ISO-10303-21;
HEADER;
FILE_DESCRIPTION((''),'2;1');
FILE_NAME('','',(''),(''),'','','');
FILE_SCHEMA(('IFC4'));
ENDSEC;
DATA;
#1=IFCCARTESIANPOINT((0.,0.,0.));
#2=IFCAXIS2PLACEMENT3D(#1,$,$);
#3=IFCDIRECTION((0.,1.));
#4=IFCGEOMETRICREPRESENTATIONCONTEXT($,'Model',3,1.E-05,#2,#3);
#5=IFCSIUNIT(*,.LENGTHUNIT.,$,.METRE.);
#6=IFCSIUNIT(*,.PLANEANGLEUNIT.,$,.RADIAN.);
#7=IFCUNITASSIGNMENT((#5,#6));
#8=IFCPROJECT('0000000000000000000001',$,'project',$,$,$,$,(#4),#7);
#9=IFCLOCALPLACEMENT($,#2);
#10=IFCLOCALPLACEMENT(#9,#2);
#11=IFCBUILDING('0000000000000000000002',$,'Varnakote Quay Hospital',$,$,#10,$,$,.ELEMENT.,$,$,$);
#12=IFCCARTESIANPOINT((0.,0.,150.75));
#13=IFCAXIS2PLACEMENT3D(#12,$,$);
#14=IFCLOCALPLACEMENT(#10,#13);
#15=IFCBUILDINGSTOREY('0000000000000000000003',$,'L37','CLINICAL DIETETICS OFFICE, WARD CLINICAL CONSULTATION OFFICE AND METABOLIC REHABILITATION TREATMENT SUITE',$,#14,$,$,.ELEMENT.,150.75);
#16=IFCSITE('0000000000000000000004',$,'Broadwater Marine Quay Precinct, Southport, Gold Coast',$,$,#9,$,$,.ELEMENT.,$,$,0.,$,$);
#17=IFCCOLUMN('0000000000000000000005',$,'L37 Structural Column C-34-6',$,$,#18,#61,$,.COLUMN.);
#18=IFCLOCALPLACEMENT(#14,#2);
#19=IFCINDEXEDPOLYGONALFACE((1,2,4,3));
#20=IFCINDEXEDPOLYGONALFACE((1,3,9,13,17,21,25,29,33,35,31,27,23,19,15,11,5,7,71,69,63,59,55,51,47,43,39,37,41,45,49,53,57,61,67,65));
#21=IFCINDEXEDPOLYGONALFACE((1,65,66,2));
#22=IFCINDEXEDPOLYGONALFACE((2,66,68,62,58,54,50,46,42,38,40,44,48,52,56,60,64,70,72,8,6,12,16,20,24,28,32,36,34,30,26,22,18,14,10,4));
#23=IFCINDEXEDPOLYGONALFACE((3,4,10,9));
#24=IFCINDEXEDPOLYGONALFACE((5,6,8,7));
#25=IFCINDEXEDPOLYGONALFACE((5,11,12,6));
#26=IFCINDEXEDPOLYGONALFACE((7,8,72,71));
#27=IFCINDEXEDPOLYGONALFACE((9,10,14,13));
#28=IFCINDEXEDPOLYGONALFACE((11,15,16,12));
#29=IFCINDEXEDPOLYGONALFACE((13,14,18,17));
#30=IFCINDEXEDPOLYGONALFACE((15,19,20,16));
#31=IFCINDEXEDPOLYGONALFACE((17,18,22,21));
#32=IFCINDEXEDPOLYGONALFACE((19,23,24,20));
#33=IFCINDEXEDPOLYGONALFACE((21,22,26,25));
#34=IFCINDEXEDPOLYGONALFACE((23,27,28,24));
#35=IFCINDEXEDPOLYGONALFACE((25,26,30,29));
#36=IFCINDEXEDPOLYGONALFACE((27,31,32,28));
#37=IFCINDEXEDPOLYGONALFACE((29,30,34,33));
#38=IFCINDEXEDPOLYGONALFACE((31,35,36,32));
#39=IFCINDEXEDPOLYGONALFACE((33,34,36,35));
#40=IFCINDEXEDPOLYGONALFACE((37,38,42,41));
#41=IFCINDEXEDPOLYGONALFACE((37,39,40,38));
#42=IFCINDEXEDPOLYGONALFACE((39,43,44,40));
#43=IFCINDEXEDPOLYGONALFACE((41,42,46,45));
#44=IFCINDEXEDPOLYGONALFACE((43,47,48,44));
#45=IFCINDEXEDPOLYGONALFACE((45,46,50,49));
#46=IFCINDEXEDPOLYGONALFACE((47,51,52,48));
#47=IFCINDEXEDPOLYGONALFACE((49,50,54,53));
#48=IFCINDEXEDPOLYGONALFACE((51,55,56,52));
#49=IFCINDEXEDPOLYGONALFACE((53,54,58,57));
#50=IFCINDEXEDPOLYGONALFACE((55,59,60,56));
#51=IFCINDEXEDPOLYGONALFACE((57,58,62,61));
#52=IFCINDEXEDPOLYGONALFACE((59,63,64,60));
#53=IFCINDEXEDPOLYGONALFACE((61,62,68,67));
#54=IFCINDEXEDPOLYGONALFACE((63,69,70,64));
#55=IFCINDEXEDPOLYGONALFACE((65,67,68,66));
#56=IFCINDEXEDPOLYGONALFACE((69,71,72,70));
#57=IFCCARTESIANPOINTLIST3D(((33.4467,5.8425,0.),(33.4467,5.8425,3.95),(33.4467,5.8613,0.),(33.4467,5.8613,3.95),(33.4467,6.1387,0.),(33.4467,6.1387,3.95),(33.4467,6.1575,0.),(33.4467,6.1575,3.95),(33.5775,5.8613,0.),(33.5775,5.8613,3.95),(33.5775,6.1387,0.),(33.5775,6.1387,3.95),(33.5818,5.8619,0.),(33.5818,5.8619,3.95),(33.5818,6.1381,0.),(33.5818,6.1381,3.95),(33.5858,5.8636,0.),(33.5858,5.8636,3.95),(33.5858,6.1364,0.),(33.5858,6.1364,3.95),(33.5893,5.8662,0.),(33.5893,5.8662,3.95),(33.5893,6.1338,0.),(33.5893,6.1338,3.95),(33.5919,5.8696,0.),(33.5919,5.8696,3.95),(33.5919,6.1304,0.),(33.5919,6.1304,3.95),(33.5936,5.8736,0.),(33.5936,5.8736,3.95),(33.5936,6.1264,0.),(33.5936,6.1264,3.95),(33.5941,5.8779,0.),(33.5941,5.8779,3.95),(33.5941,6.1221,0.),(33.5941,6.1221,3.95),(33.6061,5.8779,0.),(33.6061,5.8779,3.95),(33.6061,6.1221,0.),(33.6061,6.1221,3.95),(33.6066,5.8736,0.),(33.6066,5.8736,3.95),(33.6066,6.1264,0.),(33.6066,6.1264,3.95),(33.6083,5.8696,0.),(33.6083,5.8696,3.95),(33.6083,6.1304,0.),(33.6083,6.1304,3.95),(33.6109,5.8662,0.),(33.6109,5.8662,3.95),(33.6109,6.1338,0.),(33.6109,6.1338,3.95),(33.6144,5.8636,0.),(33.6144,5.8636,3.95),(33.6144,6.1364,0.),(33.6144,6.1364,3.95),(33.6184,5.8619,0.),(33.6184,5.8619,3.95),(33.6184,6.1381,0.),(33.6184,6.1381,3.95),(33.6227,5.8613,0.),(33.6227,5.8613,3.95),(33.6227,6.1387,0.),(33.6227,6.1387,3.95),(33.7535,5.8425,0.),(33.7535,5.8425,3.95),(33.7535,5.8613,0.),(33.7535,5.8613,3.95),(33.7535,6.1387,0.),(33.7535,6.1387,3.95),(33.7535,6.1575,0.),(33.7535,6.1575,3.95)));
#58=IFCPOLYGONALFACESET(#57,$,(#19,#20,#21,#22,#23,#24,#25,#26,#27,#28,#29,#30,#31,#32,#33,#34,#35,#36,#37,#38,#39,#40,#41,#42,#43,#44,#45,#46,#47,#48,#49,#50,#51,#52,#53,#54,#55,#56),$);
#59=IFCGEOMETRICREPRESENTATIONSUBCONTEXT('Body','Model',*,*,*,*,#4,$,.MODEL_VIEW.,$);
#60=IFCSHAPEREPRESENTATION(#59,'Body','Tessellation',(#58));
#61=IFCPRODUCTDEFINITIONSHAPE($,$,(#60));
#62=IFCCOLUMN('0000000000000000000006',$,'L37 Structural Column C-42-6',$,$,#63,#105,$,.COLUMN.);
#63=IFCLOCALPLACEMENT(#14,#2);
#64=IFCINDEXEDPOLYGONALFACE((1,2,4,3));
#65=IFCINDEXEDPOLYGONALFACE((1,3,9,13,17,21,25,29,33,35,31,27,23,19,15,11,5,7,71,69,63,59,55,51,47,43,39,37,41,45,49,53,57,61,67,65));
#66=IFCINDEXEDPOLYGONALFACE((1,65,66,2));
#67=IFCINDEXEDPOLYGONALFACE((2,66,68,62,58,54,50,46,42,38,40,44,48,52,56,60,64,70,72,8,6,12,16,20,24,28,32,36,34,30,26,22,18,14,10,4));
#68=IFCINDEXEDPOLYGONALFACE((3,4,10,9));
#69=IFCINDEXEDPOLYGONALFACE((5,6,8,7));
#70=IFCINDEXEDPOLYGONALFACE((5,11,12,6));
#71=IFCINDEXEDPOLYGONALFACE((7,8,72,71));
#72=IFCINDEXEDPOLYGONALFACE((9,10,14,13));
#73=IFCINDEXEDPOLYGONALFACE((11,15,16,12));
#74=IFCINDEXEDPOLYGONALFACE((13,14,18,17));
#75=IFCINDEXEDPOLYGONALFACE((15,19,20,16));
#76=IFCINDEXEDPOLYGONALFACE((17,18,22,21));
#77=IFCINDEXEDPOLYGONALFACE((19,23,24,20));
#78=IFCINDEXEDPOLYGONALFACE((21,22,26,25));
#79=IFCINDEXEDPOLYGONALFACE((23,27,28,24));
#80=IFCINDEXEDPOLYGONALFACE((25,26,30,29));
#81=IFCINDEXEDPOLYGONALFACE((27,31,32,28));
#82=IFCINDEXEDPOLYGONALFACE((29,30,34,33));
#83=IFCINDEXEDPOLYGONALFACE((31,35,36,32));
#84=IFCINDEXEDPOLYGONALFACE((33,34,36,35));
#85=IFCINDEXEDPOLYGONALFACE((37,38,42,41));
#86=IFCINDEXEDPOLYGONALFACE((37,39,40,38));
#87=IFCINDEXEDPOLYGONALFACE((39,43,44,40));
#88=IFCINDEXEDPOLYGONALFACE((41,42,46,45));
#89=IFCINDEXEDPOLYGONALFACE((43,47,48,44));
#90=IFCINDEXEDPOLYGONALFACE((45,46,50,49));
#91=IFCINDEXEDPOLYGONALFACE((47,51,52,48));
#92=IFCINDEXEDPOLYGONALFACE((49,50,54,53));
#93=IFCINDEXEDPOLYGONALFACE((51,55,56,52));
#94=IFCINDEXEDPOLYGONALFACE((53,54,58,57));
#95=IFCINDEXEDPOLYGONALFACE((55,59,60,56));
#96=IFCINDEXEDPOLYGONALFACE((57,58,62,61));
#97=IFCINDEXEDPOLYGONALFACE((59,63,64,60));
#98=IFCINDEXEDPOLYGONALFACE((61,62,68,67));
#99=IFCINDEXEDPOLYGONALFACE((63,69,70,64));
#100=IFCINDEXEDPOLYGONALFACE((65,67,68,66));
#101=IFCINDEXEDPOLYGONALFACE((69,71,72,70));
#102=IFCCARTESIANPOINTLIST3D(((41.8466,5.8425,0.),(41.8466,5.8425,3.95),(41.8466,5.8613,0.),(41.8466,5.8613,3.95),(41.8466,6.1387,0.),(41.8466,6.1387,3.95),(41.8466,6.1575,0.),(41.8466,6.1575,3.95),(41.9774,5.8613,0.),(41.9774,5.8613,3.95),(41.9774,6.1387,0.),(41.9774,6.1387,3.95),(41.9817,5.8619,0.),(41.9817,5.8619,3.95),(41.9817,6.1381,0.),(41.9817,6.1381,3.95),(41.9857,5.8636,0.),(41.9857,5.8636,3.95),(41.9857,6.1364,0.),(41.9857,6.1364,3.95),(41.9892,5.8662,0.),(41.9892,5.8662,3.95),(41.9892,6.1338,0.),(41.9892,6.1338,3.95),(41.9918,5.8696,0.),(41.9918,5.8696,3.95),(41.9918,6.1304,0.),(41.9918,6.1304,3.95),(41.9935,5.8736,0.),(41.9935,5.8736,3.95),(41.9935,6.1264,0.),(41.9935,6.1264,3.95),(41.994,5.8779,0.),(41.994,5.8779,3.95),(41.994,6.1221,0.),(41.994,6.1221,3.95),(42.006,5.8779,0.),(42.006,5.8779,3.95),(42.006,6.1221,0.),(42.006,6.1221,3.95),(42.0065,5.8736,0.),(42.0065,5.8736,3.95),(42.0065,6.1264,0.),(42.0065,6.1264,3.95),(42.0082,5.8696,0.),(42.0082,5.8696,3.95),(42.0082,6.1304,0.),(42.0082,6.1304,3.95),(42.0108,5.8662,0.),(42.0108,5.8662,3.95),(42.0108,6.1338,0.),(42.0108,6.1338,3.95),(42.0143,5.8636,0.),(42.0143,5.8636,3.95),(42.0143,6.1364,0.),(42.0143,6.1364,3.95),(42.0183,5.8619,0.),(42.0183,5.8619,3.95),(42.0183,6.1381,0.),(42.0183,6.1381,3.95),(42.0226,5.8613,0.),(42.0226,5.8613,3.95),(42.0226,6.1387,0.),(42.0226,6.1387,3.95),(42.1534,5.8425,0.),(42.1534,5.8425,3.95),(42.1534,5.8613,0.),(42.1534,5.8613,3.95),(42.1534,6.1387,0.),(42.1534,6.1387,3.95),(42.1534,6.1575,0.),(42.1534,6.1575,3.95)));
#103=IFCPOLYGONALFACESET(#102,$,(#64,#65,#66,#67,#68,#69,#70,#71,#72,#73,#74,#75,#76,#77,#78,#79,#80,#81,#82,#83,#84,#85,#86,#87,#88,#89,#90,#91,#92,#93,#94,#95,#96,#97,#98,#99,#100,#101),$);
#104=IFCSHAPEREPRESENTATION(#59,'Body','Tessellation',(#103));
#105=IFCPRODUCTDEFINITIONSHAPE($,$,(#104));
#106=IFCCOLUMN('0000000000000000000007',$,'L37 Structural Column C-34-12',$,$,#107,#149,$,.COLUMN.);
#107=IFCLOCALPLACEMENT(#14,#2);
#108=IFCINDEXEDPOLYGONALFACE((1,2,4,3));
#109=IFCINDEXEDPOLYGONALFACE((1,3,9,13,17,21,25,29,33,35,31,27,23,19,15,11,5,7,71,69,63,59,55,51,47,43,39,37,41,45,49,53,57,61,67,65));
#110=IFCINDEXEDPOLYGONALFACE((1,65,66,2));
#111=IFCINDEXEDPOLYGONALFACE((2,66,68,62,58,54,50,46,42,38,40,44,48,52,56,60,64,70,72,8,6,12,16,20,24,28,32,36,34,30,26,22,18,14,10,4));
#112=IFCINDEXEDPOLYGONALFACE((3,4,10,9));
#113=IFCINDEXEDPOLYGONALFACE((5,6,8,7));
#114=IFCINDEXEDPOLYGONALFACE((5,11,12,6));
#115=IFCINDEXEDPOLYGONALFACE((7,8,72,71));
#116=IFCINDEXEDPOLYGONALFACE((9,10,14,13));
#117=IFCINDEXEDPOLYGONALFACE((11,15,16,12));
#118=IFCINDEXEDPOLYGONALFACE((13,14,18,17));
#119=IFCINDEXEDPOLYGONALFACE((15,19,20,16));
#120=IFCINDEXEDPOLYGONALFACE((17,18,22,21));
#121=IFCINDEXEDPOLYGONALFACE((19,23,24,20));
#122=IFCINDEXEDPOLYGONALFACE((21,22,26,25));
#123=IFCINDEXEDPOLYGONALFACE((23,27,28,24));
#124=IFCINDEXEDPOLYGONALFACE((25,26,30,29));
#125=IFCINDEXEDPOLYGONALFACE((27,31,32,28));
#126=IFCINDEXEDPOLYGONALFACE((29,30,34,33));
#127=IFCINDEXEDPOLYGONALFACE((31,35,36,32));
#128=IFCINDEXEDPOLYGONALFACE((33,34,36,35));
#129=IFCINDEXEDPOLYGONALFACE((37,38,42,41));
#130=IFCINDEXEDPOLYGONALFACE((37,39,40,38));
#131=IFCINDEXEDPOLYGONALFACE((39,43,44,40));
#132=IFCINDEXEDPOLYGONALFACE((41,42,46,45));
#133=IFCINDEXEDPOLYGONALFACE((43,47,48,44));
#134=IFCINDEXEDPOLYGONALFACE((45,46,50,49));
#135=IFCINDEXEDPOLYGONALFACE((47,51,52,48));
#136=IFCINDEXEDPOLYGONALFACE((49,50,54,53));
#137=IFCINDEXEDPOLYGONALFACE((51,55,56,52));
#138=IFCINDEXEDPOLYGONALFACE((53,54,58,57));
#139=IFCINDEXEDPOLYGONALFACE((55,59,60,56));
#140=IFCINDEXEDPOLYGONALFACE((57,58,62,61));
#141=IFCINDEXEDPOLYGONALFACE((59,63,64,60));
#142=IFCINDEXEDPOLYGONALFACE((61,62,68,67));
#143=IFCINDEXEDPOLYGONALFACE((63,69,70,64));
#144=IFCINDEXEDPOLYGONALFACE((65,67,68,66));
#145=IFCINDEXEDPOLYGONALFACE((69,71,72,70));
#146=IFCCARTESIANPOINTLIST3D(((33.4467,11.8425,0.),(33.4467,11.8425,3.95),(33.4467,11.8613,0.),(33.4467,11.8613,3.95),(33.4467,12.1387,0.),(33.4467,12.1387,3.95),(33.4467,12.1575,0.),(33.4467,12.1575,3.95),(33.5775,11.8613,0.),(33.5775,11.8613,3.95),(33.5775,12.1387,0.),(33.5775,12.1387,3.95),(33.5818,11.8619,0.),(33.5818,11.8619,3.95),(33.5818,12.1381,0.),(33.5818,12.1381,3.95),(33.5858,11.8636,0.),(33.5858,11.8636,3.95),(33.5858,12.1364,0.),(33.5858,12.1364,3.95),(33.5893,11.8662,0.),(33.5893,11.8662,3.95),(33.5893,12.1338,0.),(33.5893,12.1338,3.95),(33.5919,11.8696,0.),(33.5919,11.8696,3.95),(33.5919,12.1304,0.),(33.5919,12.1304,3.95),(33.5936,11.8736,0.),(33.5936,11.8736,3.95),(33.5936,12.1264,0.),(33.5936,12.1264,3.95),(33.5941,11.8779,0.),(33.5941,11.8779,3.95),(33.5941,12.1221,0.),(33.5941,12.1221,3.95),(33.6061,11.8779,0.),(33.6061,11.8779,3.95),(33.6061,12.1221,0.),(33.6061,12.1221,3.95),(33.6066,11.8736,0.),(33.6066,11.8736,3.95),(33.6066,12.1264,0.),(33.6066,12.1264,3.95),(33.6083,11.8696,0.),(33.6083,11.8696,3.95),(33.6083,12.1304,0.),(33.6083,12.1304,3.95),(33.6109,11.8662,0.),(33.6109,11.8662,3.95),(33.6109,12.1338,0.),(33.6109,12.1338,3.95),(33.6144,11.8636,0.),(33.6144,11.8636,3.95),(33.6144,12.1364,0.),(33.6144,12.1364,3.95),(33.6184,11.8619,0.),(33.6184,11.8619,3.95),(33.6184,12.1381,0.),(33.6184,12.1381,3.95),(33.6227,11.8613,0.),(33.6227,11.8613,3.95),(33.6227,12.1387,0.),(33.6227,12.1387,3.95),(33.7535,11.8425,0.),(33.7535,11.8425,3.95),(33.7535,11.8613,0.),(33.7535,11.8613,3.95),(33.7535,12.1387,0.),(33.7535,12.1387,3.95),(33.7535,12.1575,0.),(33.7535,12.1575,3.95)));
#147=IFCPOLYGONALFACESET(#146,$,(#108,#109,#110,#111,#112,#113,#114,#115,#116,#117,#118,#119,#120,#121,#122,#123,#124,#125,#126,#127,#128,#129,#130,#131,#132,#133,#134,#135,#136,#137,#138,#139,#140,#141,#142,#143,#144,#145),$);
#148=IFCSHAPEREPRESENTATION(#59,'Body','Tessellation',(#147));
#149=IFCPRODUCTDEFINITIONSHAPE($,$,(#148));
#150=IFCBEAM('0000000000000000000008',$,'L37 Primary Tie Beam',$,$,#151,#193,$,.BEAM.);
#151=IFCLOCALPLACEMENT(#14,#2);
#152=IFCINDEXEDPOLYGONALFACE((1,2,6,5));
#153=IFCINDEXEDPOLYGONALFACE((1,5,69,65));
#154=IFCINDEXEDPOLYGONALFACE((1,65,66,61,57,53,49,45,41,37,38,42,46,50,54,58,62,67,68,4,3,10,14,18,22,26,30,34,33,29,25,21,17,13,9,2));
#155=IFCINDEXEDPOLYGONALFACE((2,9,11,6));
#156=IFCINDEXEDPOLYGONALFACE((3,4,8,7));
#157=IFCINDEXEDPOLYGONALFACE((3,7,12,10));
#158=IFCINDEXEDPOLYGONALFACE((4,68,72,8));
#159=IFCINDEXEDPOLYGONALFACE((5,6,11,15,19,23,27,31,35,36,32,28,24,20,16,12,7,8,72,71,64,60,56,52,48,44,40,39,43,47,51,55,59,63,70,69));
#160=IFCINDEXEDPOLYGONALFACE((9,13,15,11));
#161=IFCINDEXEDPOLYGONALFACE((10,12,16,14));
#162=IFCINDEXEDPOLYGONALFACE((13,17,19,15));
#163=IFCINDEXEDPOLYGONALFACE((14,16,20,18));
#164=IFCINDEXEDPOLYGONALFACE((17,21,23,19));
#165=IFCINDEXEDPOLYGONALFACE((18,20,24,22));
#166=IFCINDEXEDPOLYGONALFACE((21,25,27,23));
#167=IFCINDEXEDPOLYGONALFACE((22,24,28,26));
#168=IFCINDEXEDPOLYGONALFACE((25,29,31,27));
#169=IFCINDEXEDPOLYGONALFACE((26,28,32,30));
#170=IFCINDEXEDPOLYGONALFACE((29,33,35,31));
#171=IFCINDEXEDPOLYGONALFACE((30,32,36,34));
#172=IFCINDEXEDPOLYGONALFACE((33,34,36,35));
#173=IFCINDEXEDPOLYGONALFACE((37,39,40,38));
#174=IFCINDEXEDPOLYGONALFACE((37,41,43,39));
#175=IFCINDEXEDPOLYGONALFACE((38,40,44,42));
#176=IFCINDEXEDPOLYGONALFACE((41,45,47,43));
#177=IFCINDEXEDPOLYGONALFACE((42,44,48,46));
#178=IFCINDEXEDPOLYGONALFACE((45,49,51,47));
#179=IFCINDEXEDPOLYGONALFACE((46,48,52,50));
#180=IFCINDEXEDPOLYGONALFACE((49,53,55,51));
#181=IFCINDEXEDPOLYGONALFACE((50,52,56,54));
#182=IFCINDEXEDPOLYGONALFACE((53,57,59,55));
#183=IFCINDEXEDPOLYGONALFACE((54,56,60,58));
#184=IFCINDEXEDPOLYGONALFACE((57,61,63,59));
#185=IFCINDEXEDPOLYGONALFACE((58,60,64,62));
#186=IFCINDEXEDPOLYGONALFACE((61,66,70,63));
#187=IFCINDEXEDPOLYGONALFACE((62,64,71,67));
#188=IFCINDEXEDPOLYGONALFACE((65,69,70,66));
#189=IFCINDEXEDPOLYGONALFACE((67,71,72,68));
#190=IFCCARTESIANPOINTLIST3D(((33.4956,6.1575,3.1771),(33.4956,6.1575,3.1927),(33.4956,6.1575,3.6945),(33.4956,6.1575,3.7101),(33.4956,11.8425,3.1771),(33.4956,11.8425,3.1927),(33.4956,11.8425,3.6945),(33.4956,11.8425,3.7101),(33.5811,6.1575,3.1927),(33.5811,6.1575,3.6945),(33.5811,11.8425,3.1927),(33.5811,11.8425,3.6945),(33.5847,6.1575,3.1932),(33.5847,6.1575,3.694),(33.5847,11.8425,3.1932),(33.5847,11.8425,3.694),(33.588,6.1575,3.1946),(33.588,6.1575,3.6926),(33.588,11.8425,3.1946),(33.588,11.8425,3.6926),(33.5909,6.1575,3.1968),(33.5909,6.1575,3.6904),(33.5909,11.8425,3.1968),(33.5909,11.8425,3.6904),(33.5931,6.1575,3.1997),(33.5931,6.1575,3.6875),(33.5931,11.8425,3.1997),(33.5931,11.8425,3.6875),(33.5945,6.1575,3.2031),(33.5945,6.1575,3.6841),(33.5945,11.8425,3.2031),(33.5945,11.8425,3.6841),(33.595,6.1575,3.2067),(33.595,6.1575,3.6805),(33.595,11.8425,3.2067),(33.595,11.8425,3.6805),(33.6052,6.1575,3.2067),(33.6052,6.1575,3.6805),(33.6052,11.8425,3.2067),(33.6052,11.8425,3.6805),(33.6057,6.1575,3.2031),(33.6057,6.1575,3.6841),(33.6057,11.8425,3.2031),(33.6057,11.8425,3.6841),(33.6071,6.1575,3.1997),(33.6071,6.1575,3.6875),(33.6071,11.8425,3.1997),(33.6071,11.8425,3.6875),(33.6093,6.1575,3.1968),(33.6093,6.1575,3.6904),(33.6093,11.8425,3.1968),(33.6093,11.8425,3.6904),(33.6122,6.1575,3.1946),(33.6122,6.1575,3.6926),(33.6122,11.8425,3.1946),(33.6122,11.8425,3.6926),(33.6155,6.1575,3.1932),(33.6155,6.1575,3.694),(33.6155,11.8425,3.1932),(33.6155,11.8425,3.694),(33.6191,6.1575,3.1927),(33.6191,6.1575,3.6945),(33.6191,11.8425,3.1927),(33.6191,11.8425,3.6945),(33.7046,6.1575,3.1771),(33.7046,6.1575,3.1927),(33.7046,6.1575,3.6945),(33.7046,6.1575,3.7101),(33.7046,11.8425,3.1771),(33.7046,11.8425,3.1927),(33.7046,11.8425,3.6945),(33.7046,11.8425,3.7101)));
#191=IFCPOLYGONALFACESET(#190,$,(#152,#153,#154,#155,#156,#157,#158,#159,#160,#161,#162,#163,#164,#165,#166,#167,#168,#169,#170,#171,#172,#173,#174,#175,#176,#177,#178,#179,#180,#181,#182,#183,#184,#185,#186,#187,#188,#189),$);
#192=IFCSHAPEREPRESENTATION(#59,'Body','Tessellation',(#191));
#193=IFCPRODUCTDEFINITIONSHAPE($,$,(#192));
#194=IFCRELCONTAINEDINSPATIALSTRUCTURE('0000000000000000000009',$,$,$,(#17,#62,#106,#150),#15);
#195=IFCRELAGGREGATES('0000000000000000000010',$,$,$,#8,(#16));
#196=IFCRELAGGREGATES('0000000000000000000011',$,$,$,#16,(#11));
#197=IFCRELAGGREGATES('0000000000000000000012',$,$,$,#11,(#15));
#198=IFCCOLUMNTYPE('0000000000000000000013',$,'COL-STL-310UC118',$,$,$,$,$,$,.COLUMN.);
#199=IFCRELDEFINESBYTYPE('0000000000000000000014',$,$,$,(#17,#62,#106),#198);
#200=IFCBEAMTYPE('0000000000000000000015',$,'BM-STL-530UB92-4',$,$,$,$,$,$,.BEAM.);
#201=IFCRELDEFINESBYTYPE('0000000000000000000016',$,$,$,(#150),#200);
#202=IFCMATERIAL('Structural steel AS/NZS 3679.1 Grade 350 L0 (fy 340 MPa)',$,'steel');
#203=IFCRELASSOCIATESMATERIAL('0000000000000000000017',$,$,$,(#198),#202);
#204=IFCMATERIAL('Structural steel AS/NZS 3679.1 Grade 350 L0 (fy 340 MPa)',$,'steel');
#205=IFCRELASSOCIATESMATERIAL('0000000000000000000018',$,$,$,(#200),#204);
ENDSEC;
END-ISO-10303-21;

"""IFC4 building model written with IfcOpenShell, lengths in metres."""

from ifc_helpers import new_model, si_unit, direction, frame, origin, origin_2d, place, context, subcontext, project, spatial, i_section, extrude, material, material_profile, profile_set, type_object, element, save


model = new_model("IFC4")

# Units and contexts
model_context = context("Model", 3, precision=1e-05, world=origin(), true_north=direction((0.0, 1.0)))
body_context = subcontext(model_context, "Body", "Model", "MODEL_VIEW")
ifc_project = project(units=[si_unit("LENGTHUNIT", "METRE"), si_unit("PLANEANGLEUNIT", "RADIAN")], contexts=[model_context])

# Site, building, storey
site_placement = place(None, origin())
site = spatial("IfcSite", under=ifc_project, at=site_placement, Name="Broadwater Marine Quay Precinct, Southport, Gold Coast", CompositionType="ELEMENT", RefElevation=0.0)
building_placement = place(site_placement, origin())
building = spatial("IfcBuilding", under=site, at=building_placement, Name="Varnakote Quay Hospital", CompositionType="ELEMENT")
storey_placement = place(building_placement, frame((0.0, 0.0, 150.75)))
storey = spatial("IfcBuildingStorey", under=building, at=storey_placement, Name="L37", Description="CLINICAL DIETETICS OFFICE, WARD CLINICAL CONSULTATION OFFICE AND METABOLIC REHABILITATION TREATMENT SUITE", CompositionType="ELEMENT", Elevation=150.75)

# Columns
ifc_material_1 = material(Name="Structural steel AS/NZS 3679.1 Grade 350 L0 (fy 340 MPa)", Category="steel")
ifc_material_profile_1 = material_profile(ifc_material_1, i_section(OverallWidth=0.3069, OverallDepth=0.3149, WebThickness=0.012, FlangeThickness=0.0188, FilletRadius=0.0166, at=origin_2d()), Name="310UC118")
ifc_profile_set_1 = profile_set([ifc_material_profile_1], Name="Structural steel AS/NZS 3679.1 Grade 350 L0 (fy 340 MPa)")
column_type = type_object("IfcColumnType", Name="COL-STL-310UC118", PredefinedType="COLUMN", material=ifc_profile_set_1)
for number, where, z_axis, x_axis, name in (
    (1, (33.6001, 6.0, 0.0), (0.0, 0.0, 1.0), (1.0, 0.0, 0.0), "L37 Structural Column C-34-6"),
    (2, (42.0, 6.0, 0.0), (0.0, 0.0, 1.0), (1.0, 0.0, 0.0), "L37 Structural Column C-42-6"),
    (3, (33.6001, 12.0, 0.0), (0.0, 0.0, 1.0), (1.0, 0.0, 0.0), "L37 Structural Column C-34-12"),
):
    element("IfcColumn", number, at=place(storey_placement, frame(where, z_axis=z_axis, x_axis=x_axis)), inside=storey, type_object=column_type, Name=name, PredefinedType="COLUMN", context=body_context, shape_type="SweptSolid", body=[
        extrude(i_section(OverallWidth=0.3069, OverallDepth=0.3149, WebThickness=0.012, FlangeThickness=0.0188, FilletRadius=0.0166, at=origin_2d()), origin(), (0.0, 0.0, 1.0), 3.95),
    ])

# Beam
ifc_material_2 = material(Name="Structural steel AS/NZS 3679.1 Grade 350 L0 (fy 340 MPa)", Category="steel")
ifc_material_profile_2 = material_profile(ifc_material_2, i_section(OverallWidth=0.209, OverallDepth=0.533, WebThickness=0.0103, FlangeThickness=0.0156, FilletRadius=0.0139, at=origin_2d()), Name="530UB92.4")
ifc_profile_set_2 = profile_set([ifc_material_profile_2], Name="Structural steel AS/NZS 3679.1 Grade 350 L0 (fy 340 MPa)")
beam_type_1 = type_object("IfcBeamType", Name="BM-STL-530UB92-4", PredefinedType="BEAM", material=ifc_profile_set_2)
beam_1_placement = place(storey_placement, frame((33.6001, 6.1575, 3.4436), z_axis=(0.0, 1.0, 0.0), x_axis=(-1.0, 0.0, 0.0)))
element("IfcBeam", 4, at=beam_1_placement, inside=storey, type_object=beam_type_1, Name="L37 Primary Tie Beam", PredefinedType="BEAM", context=body_context, shape_type="SweptSolid", body=[
    extrude(i_section(OverallWidth=0.209, OverallDepth=0.533, WebThickness=0.0103, FlangeThickness=0.0156, FilletRadius=0.0139, at=origin_2d()), origin(), (0.0, 0.0, 1.0), 5.6851),
])

save(model, "model.ifc")
